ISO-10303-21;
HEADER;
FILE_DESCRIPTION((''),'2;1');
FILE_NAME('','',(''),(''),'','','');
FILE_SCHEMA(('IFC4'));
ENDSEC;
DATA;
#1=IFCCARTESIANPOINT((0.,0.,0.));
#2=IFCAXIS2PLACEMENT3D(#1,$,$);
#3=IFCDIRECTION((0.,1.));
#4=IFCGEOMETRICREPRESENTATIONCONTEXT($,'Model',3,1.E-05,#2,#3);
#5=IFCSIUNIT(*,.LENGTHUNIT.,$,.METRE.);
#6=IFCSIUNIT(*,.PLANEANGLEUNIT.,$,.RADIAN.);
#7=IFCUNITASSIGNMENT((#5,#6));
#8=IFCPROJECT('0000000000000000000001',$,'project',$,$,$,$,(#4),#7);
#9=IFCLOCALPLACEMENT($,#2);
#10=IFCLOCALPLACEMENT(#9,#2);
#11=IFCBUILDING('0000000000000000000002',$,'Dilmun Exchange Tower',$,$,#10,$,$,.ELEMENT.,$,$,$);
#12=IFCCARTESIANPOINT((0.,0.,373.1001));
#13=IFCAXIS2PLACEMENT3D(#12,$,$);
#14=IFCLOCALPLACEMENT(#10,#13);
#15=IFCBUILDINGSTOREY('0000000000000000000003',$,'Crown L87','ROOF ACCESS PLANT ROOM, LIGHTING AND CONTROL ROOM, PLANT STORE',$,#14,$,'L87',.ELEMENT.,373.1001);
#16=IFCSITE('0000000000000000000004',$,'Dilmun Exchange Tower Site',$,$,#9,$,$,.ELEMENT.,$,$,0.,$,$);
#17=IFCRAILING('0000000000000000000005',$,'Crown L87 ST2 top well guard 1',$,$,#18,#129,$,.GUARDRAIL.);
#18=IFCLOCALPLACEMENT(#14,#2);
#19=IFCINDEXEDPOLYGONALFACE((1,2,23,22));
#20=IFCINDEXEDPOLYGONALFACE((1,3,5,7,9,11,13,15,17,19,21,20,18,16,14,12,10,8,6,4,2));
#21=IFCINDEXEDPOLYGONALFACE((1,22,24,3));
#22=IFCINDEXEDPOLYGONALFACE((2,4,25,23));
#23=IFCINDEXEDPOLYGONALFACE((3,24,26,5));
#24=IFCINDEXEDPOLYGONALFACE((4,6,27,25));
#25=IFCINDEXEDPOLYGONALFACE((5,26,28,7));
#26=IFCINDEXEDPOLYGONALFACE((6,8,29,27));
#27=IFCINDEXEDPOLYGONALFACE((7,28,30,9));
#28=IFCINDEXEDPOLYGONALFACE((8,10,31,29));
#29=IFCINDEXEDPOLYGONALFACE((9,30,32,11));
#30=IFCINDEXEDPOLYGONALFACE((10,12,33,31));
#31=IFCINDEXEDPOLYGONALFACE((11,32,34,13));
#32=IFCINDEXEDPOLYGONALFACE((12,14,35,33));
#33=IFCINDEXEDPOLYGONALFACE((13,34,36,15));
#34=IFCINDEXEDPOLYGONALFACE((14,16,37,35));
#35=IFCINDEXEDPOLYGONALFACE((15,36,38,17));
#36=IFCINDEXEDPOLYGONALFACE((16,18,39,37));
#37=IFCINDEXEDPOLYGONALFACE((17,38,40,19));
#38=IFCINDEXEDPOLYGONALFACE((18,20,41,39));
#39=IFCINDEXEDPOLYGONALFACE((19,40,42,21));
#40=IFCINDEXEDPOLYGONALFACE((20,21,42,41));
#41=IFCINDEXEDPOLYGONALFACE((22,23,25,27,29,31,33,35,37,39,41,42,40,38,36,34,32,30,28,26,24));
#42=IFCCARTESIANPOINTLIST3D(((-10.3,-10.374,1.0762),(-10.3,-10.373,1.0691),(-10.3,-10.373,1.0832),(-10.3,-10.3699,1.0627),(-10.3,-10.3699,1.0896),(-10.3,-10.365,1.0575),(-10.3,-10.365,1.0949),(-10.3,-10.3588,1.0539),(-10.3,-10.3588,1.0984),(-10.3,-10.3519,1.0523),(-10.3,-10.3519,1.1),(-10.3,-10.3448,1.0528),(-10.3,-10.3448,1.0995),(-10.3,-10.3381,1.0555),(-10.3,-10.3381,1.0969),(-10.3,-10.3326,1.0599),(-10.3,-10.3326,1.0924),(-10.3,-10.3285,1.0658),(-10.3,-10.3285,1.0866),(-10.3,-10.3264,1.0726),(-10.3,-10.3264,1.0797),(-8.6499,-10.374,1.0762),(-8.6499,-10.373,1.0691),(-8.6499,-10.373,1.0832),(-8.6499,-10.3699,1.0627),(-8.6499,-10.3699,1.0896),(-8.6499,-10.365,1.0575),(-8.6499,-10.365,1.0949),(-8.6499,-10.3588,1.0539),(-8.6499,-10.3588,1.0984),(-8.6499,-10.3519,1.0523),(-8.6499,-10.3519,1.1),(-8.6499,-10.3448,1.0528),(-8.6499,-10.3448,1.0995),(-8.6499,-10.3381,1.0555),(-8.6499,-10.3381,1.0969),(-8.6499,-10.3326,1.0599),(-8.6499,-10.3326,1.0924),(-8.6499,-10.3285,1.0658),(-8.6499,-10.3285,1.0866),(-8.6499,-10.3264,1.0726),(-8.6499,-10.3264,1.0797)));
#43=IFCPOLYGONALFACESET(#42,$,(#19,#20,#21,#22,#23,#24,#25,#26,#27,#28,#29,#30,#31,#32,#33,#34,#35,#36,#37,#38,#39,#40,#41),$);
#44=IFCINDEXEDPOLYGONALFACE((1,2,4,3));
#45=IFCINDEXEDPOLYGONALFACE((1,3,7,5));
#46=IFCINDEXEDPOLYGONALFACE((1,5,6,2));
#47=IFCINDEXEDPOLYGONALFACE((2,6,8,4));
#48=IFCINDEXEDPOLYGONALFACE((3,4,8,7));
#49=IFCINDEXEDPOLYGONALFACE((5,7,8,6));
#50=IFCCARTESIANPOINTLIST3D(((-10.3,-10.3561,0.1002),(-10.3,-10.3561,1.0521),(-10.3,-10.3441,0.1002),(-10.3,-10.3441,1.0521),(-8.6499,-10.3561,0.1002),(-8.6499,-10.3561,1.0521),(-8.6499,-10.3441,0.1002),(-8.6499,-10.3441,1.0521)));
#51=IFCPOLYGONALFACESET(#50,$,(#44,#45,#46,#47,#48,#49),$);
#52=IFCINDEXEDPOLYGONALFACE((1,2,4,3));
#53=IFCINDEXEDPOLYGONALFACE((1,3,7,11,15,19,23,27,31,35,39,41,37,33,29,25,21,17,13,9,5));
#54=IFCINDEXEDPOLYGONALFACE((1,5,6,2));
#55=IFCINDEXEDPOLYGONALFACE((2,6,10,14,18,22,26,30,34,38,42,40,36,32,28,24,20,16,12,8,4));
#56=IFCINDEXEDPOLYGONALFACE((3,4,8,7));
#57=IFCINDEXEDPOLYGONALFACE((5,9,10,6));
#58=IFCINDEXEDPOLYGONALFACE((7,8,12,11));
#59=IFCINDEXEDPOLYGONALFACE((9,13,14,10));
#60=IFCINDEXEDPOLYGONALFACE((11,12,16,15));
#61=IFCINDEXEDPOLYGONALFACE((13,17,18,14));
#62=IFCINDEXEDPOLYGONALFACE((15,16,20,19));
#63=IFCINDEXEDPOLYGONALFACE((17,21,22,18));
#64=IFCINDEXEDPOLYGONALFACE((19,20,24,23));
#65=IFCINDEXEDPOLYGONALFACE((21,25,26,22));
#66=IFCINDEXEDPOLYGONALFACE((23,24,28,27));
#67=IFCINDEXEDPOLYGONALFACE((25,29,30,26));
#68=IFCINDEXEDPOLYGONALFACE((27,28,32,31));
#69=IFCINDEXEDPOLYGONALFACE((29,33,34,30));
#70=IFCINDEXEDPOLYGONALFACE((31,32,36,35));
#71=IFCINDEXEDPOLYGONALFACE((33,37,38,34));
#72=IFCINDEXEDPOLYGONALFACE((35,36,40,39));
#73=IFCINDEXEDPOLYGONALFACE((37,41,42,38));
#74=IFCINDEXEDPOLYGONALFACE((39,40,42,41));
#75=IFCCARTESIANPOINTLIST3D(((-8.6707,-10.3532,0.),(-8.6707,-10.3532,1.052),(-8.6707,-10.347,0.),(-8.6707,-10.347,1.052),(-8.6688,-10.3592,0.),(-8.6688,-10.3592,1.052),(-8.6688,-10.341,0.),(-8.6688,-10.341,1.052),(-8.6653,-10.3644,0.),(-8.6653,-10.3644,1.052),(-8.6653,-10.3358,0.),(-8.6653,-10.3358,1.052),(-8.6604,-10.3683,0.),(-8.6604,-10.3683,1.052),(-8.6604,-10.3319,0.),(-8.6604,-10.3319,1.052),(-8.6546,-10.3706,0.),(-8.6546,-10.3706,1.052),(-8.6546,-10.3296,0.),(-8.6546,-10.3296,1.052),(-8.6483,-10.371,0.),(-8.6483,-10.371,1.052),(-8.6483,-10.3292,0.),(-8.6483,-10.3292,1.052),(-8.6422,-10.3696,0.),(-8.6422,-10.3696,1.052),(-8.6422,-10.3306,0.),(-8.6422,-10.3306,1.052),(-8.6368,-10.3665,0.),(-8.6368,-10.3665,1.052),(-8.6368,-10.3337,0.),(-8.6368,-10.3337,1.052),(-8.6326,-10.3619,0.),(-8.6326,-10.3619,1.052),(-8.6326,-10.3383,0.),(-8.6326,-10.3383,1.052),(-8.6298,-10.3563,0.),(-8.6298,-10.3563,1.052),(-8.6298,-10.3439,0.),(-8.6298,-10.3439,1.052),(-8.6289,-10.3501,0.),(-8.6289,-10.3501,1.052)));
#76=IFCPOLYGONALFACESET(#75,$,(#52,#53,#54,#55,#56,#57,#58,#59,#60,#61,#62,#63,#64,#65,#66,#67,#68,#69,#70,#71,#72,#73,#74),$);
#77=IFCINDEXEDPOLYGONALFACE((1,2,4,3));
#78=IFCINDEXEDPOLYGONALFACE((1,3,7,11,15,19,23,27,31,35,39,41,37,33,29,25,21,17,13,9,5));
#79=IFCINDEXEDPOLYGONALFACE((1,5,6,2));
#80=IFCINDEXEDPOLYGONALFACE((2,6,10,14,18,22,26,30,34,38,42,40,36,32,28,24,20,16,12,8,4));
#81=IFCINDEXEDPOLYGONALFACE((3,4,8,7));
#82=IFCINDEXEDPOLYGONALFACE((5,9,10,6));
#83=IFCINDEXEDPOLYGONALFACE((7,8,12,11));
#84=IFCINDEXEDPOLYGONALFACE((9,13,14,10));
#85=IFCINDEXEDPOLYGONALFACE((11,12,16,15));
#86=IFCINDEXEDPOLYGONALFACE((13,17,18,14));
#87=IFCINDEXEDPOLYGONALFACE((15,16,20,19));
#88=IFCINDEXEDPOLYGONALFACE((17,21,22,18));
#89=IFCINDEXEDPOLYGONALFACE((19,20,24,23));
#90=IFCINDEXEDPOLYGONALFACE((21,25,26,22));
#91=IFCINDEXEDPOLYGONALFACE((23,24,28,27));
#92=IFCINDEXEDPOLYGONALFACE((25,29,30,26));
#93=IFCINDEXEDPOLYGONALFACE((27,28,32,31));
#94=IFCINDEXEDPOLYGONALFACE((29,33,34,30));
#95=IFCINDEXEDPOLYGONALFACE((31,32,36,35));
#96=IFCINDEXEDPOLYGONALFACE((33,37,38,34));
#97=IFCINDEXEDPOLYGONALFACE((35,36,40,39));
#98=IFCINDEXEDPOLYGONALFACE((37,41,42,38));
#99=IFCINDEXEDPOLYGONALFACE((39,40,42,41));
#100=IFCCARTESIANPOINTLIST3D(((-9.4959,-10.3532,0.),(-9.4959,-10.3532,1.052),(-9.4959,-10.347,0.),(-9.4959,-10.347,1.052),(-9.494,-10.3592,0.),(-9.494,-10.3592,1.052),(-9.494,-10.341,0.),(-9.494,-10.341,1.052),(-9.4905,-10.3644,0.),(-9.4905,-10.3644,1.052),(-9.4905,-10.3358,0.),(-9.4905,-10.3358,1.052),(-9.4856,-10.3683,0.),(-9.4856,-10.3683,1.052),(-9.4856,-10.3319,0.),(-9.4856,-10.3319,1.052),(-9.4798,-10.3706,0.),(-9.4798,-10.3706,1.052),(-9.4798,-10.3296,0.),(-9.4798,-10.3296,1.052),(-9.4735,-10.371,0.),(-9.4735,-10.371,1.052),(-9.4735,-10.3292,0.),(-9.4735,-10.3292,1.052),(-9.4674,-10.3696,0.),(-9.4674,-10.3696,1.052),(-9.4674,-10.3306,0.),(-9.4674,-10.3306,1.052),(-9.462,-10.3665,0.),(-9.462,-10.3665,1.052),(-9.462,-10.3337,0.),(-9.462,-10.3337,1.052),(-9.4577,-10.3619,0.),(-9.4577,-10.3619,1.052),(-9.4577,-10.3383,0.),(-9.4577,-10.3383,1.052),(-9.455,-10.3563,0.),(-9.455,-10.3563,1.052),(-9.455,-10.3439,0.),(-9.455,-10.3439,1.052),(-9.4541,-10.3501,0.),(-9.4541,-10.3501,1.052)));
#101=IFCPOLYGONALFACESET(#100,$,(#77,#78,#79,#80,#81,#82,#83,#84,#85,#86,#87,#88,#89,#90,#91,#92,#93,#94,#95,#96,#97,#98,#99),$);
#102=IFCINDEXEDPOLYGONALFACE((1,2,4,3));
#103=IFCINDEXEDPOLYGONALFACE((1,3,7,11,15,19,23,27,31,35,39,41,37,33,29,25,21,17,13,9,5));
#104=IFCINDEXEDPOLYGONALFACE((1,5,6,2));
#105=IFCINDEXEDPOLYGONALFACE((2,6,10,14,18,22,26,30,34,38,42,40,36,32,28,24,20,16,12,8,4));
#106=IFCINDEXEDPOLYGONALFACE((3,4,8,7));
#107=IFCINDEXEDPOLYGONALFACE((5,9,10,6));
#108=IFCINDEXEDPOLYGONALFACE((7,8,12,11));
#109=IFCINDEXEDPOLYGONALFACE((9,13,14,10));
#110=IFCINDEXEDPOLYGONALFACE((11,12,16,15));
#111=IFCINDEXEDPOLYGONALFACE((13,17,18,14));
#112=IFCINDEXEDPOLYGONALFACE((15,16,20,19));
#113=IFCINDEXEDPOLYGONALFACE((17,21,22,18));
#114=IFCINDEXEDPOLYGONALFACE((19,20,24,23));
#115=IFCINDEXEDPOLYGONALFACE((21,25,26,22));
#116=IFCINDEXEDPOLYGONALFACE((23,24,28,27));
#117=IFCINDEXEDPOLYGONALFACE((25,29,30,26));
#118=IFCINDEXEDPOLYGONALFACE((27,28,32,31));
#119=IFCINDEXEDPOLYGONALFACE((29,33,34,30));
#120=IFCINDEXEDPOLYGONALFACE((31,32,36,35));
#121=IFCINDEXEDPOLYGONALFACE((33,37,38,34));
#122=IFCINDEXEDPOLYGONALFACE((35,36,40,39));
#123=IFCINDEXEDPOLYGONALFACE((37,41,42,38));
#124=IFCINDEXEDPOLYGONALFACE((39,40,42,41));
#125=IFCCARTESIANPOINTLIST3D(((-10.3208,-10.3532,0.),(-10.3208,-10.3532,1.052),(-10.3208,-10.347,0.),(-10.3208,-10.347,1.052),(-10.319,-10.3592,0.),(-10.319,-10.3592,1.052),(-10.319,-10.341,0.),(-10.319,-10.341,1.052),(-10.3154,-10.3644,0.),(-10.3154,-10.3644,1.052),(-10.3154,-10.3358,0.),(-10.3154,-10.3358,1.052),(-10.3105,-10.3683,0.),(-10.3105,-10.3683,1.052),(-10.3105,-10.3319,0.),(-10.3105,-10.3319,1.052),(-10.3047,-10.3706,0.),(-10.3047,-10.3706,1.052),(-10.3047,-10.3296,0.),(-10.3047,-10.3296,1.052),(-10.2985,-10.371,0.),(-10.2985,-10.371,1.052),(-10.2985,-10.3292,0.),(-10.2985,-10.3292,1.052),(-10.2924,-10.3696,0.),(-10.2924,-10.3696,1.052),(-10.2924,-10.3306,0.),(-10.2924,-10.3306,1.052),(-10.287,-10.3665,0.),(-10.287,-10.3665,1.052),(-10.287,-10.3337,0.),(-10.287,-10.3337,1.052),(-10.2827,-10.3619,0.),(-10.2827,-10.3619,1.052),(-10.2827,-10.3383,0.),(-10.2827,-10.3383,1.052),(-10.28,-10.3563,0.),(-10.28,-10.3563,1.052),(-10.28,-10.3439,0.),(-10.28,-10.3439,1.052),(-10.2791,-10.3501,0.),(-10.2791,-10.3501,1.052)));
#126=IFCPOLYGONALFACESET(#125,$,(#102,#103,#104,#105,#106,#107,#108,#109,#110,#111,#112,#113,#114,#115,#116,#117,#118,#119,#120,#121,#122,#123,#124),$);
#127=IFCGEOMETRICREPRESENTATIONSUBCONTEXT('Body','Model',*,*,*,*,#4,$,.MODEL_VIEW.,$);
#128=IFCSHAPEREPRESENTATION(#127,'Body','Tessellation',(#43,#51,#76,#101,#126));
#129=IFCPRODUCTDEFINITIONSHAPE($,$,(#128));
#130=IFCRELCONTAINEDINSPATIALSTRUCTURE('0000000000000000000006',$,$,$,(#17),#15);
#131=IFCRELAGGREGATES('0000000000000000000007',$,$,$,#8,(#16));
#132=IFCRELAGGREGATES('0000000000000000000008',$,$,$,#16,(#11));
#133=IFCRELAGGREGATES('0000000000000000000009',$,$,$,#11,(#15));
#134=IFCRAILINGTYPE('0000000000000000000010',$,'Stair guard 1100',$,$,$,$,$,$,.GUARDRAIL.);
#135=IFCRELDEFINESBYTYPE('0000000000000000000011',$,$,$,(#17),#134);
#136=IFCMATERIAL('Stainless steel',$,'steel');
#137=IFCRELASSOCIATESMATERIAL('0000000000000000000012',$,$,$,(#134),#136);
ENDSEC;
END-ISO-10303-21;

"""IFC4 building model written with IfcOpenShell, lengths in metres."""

from ifc_helpers import new_model, si_unit, direction, frame, origin, origin_2d, place, context, subcontext, project, spatial, rectangle, circle, extrude, material, type_object, element, save


model = new_model("IFC4")

# Units and contexts
model_context = context("Model", 3, precision=1e-05, world=origin(), true_north=direction((0.0, 1.0)))
body_context = subcontext(model_context, "Body", "Model", "MODEL_VIEW")
ifc_project = project(units=[si_unit("LENGTHUNIT", "METRE"), si_unit("PLANEANGLEUNIT", "RADIAN")], contexts=[model_context])

# Site, building, storey
site_placement = place(None, origin())
site = spatial("IfcSite", under=ifc_project, at=site_placement, Name="Dilmun Exchange Tower Site", CompositionType="ELEMENT", RefElevation=0.0)
building_placement = place(site_placement, origin())
building = spatial("IfcBuilding", under=site, at=building_placement, Name="Dilmun Exchange Tower", CompositionType="ELEMENT")
storey_placement = place(building_placement, frame((0.0, 0.0, 373.1001)))
storey = spatial("IfcBuildingStorey", under=building, at=storey_placement, Name="Crown L87", Description="ROOF ACCESS PLANT ROOM, LIGHTING AND CONTROL ROOM, PLANT STORE", LongName="L87", CompositionType="ELEMENT", Elevation=373.1001)

# Railing
ifc_material_1 = material(Name="Stainless steel", Category="steel")
railing_type_1 = type_object("IfcRailingType", Name="Stair guard 1100", PredefinedType="GUARDRAIL", material=ifc_material_1)
railing_1_placement = place(storey_placement, frame((-8.6499, -10.3501, 0.0)))
element("IfcRailing", 1, at=railing_1_placement, inside=storey, type_object=railing_type_1, Name="Crown L87 ST2 top well guard 1", PredefinedType="GUARDRAIL", context=body_context, shape_type="SweptSolid", body=[
    extrude(circle(Radius=0.0239, at=origin_2d()), frame((0.0, 0.0, 1.0762), z_axis=(-1.0, 0.0, 0.0), x_axis=(0.0, -1.0, 0.0)), (0.0, 0.0, 1.0), 1.6501),
    extrude(rectangle(XDim=0.012, YDim=0.9519, at=origin_2d()), frame((0.0, 0.0, 0.5762), z_axis=(-1.0, 0.0, 0.0), x_axis=(0.0, -1.0, 0.0)), (0.0, 0.0, 1.0), 1.6501),
    extrude(circle(Radius=0.021, at=origin_2d()), origin(), (0.0, 0.0, 1.0), 1.052),
    extrude(circle(Radius=0.021, at=origin_2d()), frame((-0.8252, 0.0, 0.0)), (0.0, 0.0, 1.0), 1.052),
    extrude(circle(Radius=0.021, at=origin_2d()), frame((-1.6501, 0.0, 0.0)), (0.0, 0.0, 1.0), 1.052),
])

save(model, "model.ifc")
